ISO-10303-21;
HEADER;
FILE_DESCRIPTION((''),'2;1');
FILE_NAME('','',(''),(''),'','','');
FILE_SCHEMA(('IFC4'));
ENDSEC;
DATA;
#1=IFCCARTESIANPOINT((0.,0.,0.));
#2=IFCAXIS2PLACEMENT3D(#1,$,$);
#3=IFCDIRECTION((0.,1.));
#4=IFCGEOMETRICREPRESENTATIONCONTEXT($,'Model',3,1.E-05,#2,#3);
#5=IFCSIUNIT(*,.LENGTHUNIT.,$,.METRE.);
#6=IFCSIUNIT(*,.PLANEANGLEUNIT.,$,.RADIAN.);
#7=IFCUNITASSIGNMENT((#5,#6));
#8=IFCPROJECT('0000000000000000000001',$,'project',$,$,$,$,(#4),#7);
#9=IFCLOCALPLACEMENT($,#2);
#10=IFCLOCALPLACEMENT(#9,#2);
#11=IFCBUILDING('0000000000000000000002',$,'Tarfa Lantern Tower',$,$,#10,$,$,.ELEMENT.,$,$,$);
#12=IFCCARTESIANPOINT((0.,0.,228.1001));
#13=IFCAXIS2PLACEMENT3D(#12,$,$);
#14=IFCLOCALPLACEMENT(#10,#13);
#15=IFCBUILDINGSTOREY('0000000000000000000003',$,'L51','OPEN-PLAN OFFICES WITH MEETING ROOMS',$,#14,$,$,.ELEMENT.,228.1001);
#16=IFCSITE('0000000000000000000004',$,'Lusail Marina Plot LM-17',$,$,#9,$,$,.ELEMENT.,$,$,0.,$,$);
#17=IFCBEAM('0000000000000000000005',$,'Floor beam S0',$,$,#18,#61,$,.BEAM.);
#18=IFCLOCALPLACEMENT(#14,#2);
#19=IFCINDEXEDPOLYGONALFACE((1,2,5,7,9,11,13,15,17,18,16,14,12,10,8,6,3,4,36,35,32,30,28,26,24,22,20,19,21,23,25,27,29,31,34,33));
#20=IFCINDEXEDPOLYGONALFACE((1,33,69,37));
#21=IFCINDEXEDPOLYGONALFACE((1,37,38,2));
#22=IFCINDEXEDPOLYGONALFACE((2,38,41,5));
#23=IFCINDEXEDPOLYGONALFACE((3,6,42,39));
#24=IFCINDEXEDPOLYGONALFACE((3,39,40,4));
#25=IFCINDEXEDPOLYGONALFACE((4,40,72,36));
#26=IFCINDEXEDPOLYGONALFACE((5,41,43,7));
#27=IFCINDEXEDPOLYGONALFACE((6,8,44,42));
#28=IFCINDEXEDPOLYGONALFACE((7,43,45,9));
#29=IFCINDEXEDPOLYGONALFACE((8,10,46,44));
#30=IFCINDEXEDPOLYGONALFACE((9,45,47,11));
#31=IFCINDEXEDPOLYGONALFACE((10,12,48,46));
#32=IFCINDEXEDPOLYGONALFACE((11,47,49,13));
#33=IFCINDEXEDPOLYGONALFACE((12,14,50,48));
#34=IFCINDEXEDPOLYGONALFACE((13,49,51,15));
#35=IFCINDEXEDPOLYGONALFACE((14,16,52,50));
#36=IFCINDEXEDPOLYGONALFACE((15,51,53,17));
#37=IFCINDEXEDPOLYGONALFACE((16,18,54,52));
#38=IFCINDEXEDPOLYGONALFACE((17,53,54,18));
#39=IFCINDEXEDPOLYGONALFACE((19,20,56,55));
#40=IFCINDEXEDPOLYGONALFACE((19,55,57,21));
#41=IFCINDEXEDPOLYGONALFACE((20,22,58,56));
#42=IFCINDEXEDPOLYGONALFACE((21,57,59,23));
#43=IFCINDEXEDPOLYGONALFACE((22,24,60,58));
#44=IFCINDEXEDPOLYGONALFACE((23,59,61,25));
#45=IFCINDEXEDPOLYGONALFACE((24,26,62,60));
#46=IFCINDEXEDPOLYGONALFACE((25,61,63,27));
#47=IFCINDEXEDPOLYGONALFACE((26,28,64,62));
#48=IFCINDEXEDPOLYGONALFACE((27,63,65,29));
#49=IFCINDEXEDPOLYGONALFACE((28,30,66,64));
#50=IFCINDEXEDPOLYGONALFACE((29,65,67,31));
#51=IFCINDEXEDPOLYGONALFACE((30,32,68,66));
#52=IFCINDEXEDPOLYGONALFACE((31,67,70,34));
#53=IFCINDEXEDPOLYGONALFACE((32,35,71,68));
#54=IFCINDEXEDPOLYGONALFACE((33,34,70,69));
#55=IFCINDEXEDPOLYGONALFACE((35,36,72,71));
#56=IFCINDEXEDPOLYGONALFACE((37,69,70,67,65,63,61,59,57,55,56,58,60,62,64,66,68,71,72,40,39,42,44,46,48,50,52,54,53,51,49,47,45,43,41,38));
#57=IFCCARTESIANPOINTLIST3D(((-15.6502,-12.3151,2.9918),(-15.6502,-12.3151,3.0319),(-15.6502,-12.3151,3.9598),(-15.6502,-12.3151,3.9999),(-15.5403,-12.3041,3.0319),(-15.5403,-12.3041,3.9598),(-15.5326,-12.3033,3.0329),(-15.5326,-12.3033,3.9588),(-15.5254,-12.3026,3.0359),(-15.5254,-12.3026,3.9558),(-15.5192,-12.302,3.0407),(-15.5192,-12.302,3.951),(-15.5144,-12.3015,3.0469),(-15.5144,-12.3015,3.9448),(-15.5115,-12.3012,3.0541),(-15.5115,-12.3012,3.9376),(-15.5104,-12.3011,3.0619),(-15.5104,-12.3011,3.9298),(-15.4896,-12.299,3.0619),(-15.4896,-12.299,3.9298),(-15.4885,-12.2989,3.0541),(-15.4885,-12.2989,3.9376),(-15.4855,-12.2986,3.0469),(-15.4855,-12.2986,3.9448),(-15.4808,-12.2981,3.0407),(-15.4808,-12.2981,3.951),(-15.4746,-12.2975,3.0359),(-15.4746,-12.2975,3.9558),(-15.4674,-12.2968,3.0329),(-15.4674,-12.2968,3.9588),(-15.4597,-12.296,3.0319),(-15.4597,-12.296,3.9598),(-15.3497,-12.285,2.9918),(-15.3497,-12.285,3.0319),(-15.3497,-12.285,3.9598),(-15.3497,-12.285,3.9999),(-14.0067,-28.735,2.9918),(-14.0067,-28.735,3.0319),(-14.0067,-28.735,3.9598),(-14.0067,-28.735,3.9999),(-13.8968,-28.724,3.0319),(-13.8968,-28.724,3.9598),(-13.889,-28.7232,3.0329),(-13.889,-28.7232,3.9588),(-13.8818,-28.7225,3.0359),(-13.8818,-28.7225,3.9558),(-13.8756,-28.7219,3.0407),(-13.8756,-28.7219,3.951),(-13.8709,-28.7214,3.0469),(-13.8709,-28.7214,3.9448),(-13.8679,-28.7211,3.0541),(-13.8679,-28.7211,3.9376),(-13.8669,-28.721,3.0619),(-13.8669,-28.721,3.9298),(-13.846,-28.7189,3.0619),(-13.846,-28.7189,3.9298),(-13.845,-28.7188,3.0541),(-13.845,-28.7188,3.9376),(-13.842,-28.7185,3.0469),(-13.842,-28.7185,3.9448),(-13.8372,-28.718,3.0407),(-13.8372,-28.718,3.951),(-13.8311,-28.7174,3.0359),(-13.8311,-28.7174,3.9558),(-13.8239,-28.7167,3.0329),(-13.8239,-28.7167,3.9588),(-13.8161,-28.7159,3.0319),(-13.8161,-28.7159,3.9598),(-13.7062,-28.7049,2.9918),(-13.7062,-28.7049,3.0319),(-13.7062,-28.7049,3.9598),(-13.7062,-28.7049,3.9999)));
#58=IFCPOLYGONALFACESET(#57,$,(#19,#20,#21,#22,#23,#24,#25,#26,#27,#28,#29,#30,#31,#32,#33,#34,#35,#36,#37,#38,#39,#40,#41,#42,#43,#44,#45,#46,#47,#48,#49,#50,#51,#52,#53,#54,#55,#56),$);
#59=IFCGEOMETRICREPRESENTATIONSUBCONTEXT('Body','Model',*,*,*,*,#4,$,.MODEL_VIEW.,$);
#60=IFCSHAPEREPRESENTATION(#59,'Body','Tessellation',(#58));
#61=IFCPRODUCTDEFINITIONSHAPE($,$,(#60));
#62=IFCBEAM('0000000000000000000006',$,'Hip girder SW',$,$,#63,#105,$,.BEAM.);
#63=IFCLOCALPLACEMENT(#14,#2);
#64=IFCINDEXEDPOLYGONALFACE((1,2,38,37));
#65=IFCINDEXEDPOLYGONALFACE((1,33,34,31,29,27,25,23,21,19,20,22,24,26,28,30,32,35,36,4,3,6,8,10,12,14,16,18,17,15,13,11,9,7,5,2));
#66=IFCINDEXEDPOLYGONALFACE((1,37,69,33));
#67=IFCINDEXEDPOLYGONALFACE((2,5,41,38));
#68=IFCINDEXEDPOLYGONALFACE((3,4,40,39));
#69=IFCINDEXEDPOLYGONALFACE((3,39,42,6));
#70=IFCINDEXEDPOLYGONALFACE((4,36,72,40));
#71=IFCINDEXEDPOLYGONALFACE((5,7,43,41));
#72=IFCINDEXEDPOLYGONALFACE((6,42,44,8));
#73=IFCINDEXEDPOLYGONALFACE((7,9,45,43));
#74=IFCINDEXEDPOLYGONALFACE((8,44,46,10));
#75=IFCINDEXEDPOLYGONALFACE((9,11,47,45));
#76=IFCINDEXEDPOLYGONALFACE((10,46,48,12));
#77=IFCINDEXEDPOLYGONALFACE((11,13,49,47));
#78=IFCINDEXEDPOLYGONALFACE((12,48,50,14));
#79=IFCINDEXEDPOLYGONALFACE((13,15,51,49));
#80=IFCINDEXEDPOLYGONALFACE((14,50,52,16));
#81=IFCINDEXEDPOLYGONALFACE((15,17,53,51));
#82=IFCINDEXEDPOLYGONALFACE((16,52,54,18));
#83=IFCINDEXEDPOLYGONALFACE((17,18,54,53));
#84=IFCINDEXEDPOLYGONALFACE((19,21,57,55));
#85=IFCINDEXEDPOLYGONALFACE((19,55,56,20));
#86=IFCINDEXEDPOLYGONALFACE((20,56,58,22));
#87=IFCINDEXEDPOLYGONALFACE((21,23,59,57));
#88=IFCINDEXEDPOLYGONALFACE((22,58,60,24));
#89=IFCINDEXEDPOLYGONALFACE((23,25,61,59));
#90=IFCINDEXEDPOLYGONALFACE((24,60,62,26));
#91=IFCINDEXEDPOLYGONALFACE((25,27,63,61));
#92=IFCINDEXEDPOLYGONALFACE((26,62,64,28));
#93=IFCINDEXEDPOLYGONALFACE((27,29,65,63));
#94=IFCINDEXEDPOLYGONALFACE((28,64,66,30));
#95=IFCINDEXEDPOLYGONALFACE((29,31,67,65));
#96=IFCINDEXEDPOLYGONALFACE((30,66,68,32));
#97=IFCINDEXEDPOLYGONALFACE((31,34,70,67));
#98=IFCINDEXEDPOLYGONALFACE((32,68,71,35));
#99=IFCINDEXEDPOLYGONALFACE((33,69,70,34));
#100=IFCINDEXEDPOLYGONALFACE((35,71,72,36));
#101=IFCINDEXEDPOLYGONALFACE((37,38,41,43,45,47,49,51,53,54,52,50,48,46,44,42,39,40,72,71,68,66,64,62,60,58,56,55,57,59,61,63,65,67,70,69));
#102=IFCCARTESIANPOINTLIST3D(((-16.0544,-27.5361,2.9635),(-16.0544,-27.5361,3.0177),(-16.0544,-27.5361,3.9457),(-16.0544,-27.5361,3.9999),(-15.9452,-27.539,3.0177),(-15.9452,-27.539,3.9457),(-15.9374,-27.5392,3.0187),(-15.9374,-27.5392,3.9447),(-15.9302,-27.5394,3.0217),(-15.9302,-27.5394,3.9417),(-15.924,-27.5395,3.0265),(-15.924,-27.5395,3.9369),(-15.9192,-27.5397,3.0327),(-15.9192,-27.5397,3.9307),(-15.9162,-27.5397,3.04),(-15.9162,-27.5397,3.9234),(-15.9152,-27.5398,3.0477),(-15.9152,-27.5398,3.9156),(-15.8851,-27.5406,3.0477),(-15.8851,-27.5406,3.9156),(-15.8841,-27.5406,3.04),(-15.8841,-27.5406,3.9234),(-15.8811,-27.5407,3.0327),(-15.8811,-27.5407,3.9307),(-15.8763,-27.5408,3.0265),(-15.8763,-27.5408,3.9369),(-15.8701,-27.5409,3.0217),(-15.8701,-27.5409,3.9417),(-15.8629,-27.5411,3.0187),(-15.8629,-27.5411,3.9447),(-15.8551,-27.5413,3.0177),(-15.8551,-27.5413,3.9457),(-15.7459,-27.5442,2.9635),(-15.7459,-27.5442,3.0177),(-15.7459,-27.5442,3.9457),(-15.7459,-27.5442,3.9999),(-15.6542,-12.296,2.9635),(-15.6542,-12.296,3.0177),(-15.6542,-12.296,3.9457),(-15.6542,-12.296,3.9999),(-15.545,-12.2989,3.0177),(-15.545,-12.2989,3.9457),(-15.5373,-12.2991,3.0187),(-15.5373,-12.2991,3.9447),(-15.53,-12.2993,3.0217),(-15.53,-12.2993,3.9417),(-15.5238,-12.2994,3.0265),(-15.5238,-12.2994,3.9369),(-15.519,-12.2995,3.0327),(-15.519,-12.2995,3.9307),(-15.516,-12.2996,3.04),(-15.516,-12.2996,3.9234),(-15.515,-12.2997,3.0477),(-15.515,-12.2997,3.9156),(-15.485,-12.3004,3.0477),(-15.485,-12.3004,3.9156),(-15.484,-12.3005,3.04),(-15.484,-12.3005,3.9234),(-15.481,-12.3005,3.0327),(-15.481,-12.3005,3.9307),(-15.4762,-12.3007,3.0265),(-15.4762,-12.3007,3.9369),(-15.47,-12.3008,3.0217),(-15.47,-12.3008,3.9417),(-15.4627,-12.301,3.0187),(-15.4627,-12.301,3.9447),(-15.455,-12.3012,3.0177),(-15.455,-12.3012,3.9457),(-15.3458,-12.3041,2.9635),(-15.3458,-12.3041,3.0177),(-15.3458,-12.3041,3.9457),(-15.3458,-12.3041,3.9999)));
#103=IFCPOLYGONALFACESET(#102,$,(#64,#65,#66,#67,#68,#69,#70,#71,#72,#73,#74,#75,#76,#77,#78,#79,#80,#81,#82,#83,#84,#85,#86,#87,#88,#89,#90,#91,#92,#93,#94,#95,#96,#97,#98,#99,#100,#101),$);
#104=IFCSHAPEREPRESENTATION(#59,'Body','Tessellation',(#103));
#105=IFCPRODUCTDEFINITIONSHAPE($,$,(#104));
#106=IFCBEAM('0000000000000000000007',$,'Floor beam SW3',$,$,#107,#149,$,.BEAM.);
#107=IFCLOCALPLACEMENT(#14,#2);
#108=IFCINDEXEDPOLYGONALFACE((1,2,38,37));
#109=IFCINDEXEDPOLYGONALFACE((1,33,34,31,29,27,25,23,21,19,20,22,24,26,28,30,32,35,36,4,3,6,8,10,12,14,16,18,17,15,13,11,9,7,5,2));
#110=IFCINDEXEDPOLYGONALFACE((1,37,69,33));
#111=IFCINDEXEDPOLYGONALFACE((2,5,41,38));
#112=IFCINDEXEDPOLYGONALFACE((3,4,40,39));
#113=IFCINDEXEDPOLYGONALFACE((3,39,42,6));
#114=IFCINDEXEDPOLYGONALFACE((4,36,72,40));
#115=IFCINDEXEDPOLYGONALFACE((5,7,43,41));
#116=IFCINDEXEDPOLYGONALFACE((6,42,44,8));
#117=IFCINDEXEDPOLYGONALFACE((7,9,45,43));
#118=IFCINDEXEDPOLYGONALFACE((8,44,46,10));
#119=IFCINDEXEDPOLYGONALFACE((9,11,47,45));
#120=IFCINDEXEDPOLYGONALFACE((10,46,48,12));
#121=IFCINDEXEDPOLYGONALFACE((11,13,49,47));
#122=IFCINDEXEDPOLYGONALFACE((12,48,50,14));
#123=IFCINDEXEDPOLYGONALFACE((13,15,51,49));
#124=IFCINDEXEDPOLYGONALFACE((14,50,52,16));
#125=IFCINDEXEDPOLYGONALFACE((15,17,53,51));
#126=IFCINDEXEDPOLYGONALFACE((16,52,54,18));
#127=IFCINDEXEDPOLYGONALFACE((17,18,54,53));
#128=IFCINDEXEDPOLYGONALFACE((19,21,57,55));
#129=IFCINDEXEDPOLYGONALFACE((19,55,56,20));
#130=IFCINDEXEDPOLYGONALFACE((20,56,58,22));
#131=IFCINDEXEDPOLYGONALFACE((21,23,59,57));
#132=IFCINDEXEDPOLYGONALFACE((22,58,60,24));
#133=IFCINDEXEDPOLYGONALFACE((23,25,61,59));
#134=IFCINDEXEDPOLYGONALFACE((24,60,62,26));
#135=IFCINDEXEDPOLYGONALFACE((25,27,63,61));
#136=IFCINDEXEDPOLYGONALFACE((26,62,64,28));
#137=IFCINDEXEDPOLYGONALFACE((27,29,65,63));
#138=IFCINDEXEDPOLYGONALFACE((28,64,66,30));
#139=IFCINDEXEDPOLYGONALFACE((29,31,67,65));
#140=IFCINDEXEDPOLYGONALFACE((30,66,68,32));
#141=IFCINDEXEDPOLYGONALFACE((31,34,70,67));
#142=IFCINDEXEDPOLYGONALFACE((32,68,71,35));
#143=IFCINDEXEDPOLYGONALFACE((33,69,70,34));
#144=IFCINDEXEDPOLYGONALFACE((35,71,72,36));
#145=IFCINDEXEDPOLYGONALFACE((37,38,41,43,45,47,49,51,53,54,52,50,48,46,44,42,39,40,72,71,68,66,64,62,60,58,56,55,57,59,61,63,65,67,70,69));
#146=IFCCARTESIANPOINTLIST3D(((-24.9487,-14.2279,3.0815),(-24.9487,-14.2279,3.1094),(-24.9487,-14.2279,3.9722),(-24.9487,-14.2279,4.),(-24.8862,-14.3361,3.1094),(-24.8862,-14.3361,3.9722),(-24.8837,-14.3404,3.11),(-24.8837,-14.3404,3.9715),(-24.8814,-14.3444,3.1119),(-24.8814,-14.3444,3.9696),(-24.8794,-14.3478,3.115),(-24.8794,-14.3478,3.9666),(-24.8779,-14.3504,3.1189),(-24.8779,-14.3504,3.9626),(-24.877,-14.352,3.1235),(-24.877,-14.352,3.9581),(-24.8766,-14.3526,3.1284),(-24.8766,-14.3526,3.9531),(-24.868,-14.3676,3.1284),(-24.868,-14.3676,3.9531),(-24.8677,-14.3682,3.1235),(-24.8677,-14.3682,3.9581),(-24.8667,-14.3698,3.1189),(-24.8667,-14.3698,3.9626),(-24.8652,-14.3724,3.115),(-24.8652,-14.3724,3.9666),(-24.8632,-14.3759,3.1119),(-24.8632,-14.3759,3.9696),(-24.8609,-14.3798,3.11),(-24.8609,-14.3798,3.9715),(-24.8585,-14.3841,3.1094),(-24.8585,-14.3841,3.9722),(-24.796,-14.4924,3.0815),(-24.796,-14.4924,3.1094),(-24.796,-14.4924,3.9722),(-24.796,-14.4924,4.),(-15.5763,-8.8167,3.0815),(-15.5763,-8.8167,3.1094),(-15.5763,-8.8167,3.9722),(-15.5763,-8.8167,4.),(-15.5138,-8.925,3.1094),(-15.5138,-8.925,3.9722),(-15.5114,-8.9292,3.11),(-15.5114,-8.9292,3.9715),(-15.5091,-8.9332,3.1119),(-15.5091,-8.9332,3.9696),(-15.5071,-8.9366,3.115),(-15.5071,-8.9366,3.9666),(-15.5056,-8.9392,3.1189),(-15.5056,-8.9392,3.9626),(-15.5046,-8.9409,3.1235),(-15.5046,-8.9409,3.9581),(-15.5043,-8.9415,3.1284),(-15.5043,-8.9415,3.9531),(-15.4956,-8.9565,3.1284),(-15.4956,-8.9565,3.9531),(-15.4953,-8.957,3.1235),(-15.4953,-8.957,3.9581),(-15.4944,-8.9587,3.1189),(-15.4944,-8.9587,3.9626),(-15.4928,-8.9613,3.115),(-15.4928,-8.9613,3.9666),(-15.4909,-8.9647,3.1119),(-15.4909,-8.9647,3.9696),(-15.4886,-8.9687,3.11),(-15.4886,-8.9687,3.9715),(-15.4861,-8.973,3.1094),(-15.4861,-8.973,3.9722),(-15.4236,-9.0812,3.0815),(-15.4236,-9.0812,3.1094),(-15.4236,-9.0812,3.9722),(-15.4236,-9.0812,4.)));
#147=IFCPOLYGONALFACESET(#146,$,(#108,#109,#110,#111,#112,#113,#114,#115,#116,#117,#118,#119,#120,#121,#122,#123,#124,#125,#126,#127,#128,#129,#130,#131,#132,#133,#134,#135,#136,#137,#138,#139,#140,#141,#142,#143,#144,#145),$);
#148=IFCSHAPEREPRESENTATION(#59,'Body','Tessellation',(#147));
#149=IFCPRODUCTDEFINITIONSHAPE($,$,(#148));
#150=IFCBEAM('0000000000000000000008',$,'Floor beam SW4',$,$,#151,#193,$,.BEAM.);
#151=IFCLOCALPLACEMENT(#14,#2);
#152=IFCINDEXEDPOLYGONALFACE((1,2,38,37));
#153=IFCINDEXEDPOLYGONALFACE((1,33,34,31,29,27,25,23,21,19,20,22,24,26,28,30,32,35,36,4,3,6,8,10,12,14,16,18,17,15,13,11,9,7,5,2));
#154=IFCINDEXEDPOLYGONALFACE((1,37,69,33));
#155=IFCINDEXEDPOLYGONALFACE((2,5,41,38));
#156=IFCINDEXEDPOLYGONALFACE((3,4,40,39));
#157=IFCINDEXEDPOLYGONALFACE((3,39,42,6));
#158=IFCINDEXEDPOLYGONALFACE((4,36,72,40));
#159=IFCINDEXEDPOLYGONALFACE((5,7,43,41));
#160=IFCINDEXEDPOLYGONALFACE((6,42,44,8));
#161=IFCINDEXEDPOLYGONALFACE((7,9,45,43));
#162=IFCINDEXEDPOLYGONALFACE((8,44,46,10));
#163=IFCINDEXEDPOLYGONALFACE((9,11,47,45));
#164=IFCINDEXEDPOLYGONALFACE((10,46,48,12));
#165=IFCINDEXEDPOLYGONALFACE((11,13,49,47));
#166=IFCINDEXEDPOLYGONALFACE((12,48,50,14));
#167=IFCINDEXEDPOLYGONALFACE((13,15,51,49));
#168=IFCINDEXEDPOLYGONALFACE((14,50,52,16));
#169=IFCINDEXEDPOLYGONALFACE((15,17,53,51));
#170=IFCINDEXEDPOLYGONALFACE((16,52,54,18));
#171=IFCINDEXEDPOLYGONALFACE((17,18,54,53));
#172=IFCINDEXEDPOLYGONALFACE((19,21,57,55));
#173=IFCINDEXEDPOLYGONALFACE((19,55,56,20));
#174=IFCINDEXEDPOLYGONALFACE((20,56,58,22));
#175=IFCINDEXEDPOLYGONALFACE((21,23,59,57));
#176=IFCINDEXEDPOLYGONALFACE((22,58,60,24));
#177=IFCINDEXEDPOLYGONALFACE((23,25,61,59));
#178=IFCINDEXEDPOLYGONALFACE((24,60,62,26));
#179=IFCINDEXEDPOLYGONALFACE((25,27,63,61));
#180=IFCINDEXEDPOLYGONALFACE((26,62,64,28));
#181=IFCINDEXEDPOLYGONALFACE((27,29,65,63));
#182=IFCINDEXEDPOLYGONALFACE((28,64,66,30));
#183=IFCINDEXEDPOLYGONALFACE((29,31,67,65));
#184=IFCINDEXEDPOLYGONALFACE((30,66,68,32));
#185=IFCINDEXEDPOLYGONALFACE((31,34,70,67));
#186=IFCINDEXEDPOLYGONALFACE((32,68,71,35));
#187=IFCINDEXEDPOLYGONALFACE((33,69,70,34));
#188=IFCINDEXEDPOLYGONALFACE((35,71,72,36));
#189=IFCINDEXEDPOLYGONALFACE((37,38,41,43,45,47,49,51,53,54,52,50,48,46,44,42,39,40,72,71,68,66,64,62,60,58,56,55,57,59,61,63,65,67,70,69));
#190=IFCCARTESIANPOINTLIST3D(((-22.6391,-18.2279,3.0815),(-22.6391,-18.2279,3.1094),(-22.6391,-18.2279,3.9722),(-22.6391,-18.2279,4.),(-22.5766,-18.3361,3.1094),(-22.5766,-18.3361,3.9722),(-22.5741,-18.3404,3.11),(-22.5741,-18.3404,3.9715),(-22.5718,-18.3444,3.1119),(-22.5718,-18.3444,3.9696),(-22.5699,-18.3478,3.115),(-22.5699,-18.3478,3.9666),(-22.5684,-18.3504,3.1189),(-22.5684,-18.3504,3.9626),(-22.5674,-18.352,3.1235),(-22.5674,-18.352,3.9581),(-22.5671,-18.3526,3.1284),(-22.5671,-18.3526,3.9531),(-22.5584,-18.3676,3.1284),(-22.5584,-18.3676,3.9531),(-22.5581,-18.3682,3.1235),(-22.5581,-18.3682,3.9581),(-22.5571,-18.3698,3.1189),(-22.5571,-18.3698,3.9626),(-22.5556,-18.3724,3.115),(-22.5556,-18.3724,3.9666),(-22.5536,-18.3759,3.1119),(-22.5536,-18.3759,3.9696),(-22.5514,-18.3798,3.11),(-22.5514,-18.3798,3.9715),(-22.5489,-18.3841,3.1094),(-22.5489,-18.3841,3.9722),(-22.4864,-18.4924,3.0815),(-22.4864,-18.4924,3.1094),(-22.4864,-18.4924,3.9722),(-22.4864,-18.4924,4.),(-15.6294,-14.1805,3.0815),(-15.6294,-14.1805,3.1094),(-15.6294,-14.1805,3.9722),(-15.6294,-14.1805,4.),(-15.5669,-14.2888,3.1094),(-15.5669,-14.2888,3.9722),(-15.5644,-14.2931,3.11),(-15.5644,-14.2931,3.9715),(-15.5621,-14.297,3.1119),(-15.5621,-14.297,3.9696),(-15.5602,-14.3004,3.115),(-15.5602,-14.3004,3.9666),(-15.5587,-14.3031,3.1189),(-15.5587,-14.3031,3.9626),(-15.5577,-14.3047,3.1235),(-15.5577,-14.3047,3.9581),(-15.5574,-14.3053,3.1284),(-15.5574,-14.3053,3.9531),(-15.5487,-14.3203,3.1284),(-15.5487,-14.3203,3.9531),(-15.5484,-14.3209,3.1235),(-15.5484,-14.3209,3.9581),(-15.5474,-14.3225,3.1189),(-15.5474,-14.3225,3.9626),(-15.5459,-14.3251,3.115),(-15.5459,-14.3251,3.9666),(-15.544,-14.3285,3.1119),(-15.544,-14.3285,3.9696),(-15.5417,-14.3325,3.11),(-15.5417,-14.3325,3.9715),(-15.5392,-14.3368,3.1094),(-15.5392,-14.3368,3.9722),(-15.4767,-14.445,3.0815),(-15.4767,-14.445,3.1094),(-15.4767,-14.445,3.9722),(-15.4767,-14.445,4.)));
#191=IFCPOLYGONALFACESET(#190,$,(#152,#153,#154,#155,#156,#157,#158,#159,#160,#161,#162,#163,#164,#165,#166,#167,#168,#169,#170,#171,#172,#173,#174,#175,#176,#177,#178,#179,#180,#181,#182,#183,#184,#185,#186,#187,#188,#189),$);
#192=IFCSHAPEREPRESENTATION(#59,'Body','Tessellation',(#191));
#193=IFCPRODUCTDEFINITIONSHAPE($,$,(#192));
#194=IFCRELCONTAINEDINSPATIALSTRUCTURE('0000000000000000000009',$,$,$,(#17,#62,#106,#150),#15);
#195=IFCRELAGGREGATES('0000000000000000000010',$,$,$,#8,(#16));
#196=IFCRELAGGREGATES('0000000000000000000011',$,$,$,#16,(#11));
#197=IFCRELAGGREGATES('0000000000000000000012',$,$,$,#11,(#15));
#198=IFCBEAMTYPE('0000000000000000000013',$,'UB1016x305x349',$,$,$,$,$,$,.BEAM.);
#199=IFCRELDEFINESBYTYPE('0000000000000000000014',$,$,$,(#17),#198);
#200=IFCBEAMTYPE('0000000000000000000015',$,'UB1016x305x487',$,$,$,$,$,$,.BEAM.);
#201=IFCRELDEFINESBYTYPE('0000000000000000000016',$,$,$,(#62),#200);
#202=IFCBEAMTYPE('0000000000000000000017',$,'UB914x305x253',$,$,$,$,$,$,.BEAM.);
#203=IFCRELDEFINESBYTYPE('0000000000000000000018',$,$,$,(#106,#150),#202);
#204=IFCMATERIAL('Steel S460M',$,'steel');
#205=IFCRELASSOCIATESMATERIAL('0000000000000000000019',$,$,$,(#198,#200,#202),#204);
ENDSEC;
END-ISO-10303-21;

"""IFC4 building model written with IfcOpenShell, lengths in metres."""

from ifc_helpers import new_model, si_unit, direction, frame, origin, origin_2d, place, context, subcontext, project, spatial, i_section, extrude, material, material_profile, profile_set, type_object, element, save


model = new_model("IFC4")

# Units and contexts
model_context = context("Model", 3, precision=1e-05, world=origin(), true_north=direction((0.0, 1.0)))
body_context = subcontext(model_context, "Body", "Model", "MODEL_VIEW")
ifc_project = project(units=[si_unit("LENGTHUNIT", "METRE"), si_unit("PLANEANGLEUNIT", "RADIAN")], contexts=[model_context])

# Site, building, storey
site_placement = place(None, origin())
site = spatial("IfcSite", under=ifc_project, at=site_placement, Name="Lusail Marina Plot LM-17", CompositionType="ELEMENT", RefElevation=0.0)
building_placement = place(site_placement, origin())
building = spatial("IfcBuilding", under=site, at=building_placement, Name="Tarfa Lantern Tower", CompositionType="ELEMENT")
storey_placement = place(building_placement, frame((0.0, 0.0, 228.1001)))
storey = spatial("IfcBuildingStorey", under=building, at=storey_placement, Name="L51", Description="OPEN-PLAN OFFICES WITH MEETING ROOMS", CompositionType="ELEMENT", Elevation=228.1001)

# Beams
ifc_material_1 = material(Name="Steel S460M", Category="steel")
ifc_material_profile_1 = material_profile(ifc_material_1, i_section(OverallWidth=0.302, OverallDepth=1.0081, WebThickness=0.021, FlangeThickness=0.04, FilletRadius=0.03, at=origin_2d()), Name="UB1016x305x349")
ifc_profile_set_1 = profile_set([ifc_material_profile_1], Name="Steel S460M")
beam_type_1 = type_object("IfcBeamType", Name="UB1016x305x349", PredefinedType="BEAM", material=ifc_profile_set_1)
beam_1_placement = place(storey_placement, frame((-13.8564, -28.72, 3.4958), z_axis=(-0.099597, 0.995028, 0.0), x_axis=(-0.995028, -0.099597, 0.0)))
element("IfcBeam", 1, at=beam_1_placement, inside=storey, type_object=beam_type_1, Name="Floor beam S0", PredefinedType="BEAM", context=body_context, shape_type="SweptSolid", body=[
    extrude(i_section(OverallWidth=0.302, OverallDepth=1.0081, WebThickness=0.021, FlangeThickness=0.04, FilletRadius=0.03, at=origin_2d()), origin(), (0.0, 0.0, 1.0), 16.502),
])
ifc_material_profile_2 = material_profile(ifc_material_1, i_section(OverallWidth=0.3086, OverallDepth=1.0364, WebThickness=0.03, FlangeThickness=0.0542, FilletRadius=0.03, at=origin_2d()), Name="UB1016x305x487")
ifc_profile_set_2 = profile_set([ifc_material_profile_2], Name="Steel S460M")
beam_type_2 = type_object("IfcBeamType", Name="UB1016x305x487", PredefinedType="BEAM", material=ifc_profile_set_2)
beam_2_placement = place(storey_placement, frame((-15.5, -12.3, 3.4817), z_axis=(-0.026247, -0.999655, 0.0), x_axis=(0.999655, -0.026247, 0.0)))
element("IfcBeam", 2, at=beam_2_placement, inside=storey, type_object=beam_type_2, Name="Hip girder SW", PredefinedType="BEAM", context=body_context, shape_type="SweptSolid", body=[
    extrude(i_section(OverallWidth=0.3086, OverallDepth=1.0364, WebThickness=0.03, FlangeThickness=0.0542, FilletRadius=0.03, at=origin_2d()), origin(), (0.0, 0.0, 1.0), 15.2454),
])
ifc_material_profile_3 = material_profile(ifc_material_1, i_section(OverallWidth=0.3054, OverallDepth=0.9185, WebThickness=0.0173, FlangeThickness=0.0278, FilletRadius=0.019, at=origin_2d()), Name="UB914x305x253")
ifc_profile_set_3 = profile_set([ifc_material_profile_3], Name="Steel S460M")
beam_type_3 = type_object("IfcBeamType", Name="UB914x305x253", PredefinedType="BEAM", material=ifc_profile_set_3)
beam_3_placement = place(storey_placement, frame((-24.8723, -14.3601, 3.5408), z_axis=(0.866024, 0.500002, 0.0), x_axis=(-0.500002, 0.866024, 0.0)))
element("IfcBeam", 3, at=beam_3_placement, inside=storey, type_object=beam_type_3, Name="Floor beam SW3", PredefinedType="BEAM", context=body_context, shape_type="SweptSolid", body=[
    extrude(i_section(OverallWidth=0.3054, OverallDepth=0.9185, WebThickness=0.0173, FlangeThickness=0.0278, FilletRadius=0.019, at=origin_2d()), origin(), (0.0, 0.0, 1.0), 10.8223),
])
beam_4_placement = place(storey_placement, frame((-22.5627, -18.3601, 3.5408), z_axis=(0.866011, 0.500025, 0.0), x_axis=(-0.500025, 0.866011, 0.0)))
element("IfcBeam", 4, at=beam_4_placement, inside=storey, type_object=beam_type_3, Name="Floor beam SW4", PredefinedType="BEAM", context=body_context, shape_type="SweptSolid", body=[
    extrude(i_section(OverallWidth=0.3054, OverallDepth=0.9185, WebThickness=0.0173, FlangeThickness=0.0278, FilletRadius=0.019, at=origin_2d()), origin(), (0.0, 0.0, 1.0), 8.0942),
])

save(model, "model.ifc")
